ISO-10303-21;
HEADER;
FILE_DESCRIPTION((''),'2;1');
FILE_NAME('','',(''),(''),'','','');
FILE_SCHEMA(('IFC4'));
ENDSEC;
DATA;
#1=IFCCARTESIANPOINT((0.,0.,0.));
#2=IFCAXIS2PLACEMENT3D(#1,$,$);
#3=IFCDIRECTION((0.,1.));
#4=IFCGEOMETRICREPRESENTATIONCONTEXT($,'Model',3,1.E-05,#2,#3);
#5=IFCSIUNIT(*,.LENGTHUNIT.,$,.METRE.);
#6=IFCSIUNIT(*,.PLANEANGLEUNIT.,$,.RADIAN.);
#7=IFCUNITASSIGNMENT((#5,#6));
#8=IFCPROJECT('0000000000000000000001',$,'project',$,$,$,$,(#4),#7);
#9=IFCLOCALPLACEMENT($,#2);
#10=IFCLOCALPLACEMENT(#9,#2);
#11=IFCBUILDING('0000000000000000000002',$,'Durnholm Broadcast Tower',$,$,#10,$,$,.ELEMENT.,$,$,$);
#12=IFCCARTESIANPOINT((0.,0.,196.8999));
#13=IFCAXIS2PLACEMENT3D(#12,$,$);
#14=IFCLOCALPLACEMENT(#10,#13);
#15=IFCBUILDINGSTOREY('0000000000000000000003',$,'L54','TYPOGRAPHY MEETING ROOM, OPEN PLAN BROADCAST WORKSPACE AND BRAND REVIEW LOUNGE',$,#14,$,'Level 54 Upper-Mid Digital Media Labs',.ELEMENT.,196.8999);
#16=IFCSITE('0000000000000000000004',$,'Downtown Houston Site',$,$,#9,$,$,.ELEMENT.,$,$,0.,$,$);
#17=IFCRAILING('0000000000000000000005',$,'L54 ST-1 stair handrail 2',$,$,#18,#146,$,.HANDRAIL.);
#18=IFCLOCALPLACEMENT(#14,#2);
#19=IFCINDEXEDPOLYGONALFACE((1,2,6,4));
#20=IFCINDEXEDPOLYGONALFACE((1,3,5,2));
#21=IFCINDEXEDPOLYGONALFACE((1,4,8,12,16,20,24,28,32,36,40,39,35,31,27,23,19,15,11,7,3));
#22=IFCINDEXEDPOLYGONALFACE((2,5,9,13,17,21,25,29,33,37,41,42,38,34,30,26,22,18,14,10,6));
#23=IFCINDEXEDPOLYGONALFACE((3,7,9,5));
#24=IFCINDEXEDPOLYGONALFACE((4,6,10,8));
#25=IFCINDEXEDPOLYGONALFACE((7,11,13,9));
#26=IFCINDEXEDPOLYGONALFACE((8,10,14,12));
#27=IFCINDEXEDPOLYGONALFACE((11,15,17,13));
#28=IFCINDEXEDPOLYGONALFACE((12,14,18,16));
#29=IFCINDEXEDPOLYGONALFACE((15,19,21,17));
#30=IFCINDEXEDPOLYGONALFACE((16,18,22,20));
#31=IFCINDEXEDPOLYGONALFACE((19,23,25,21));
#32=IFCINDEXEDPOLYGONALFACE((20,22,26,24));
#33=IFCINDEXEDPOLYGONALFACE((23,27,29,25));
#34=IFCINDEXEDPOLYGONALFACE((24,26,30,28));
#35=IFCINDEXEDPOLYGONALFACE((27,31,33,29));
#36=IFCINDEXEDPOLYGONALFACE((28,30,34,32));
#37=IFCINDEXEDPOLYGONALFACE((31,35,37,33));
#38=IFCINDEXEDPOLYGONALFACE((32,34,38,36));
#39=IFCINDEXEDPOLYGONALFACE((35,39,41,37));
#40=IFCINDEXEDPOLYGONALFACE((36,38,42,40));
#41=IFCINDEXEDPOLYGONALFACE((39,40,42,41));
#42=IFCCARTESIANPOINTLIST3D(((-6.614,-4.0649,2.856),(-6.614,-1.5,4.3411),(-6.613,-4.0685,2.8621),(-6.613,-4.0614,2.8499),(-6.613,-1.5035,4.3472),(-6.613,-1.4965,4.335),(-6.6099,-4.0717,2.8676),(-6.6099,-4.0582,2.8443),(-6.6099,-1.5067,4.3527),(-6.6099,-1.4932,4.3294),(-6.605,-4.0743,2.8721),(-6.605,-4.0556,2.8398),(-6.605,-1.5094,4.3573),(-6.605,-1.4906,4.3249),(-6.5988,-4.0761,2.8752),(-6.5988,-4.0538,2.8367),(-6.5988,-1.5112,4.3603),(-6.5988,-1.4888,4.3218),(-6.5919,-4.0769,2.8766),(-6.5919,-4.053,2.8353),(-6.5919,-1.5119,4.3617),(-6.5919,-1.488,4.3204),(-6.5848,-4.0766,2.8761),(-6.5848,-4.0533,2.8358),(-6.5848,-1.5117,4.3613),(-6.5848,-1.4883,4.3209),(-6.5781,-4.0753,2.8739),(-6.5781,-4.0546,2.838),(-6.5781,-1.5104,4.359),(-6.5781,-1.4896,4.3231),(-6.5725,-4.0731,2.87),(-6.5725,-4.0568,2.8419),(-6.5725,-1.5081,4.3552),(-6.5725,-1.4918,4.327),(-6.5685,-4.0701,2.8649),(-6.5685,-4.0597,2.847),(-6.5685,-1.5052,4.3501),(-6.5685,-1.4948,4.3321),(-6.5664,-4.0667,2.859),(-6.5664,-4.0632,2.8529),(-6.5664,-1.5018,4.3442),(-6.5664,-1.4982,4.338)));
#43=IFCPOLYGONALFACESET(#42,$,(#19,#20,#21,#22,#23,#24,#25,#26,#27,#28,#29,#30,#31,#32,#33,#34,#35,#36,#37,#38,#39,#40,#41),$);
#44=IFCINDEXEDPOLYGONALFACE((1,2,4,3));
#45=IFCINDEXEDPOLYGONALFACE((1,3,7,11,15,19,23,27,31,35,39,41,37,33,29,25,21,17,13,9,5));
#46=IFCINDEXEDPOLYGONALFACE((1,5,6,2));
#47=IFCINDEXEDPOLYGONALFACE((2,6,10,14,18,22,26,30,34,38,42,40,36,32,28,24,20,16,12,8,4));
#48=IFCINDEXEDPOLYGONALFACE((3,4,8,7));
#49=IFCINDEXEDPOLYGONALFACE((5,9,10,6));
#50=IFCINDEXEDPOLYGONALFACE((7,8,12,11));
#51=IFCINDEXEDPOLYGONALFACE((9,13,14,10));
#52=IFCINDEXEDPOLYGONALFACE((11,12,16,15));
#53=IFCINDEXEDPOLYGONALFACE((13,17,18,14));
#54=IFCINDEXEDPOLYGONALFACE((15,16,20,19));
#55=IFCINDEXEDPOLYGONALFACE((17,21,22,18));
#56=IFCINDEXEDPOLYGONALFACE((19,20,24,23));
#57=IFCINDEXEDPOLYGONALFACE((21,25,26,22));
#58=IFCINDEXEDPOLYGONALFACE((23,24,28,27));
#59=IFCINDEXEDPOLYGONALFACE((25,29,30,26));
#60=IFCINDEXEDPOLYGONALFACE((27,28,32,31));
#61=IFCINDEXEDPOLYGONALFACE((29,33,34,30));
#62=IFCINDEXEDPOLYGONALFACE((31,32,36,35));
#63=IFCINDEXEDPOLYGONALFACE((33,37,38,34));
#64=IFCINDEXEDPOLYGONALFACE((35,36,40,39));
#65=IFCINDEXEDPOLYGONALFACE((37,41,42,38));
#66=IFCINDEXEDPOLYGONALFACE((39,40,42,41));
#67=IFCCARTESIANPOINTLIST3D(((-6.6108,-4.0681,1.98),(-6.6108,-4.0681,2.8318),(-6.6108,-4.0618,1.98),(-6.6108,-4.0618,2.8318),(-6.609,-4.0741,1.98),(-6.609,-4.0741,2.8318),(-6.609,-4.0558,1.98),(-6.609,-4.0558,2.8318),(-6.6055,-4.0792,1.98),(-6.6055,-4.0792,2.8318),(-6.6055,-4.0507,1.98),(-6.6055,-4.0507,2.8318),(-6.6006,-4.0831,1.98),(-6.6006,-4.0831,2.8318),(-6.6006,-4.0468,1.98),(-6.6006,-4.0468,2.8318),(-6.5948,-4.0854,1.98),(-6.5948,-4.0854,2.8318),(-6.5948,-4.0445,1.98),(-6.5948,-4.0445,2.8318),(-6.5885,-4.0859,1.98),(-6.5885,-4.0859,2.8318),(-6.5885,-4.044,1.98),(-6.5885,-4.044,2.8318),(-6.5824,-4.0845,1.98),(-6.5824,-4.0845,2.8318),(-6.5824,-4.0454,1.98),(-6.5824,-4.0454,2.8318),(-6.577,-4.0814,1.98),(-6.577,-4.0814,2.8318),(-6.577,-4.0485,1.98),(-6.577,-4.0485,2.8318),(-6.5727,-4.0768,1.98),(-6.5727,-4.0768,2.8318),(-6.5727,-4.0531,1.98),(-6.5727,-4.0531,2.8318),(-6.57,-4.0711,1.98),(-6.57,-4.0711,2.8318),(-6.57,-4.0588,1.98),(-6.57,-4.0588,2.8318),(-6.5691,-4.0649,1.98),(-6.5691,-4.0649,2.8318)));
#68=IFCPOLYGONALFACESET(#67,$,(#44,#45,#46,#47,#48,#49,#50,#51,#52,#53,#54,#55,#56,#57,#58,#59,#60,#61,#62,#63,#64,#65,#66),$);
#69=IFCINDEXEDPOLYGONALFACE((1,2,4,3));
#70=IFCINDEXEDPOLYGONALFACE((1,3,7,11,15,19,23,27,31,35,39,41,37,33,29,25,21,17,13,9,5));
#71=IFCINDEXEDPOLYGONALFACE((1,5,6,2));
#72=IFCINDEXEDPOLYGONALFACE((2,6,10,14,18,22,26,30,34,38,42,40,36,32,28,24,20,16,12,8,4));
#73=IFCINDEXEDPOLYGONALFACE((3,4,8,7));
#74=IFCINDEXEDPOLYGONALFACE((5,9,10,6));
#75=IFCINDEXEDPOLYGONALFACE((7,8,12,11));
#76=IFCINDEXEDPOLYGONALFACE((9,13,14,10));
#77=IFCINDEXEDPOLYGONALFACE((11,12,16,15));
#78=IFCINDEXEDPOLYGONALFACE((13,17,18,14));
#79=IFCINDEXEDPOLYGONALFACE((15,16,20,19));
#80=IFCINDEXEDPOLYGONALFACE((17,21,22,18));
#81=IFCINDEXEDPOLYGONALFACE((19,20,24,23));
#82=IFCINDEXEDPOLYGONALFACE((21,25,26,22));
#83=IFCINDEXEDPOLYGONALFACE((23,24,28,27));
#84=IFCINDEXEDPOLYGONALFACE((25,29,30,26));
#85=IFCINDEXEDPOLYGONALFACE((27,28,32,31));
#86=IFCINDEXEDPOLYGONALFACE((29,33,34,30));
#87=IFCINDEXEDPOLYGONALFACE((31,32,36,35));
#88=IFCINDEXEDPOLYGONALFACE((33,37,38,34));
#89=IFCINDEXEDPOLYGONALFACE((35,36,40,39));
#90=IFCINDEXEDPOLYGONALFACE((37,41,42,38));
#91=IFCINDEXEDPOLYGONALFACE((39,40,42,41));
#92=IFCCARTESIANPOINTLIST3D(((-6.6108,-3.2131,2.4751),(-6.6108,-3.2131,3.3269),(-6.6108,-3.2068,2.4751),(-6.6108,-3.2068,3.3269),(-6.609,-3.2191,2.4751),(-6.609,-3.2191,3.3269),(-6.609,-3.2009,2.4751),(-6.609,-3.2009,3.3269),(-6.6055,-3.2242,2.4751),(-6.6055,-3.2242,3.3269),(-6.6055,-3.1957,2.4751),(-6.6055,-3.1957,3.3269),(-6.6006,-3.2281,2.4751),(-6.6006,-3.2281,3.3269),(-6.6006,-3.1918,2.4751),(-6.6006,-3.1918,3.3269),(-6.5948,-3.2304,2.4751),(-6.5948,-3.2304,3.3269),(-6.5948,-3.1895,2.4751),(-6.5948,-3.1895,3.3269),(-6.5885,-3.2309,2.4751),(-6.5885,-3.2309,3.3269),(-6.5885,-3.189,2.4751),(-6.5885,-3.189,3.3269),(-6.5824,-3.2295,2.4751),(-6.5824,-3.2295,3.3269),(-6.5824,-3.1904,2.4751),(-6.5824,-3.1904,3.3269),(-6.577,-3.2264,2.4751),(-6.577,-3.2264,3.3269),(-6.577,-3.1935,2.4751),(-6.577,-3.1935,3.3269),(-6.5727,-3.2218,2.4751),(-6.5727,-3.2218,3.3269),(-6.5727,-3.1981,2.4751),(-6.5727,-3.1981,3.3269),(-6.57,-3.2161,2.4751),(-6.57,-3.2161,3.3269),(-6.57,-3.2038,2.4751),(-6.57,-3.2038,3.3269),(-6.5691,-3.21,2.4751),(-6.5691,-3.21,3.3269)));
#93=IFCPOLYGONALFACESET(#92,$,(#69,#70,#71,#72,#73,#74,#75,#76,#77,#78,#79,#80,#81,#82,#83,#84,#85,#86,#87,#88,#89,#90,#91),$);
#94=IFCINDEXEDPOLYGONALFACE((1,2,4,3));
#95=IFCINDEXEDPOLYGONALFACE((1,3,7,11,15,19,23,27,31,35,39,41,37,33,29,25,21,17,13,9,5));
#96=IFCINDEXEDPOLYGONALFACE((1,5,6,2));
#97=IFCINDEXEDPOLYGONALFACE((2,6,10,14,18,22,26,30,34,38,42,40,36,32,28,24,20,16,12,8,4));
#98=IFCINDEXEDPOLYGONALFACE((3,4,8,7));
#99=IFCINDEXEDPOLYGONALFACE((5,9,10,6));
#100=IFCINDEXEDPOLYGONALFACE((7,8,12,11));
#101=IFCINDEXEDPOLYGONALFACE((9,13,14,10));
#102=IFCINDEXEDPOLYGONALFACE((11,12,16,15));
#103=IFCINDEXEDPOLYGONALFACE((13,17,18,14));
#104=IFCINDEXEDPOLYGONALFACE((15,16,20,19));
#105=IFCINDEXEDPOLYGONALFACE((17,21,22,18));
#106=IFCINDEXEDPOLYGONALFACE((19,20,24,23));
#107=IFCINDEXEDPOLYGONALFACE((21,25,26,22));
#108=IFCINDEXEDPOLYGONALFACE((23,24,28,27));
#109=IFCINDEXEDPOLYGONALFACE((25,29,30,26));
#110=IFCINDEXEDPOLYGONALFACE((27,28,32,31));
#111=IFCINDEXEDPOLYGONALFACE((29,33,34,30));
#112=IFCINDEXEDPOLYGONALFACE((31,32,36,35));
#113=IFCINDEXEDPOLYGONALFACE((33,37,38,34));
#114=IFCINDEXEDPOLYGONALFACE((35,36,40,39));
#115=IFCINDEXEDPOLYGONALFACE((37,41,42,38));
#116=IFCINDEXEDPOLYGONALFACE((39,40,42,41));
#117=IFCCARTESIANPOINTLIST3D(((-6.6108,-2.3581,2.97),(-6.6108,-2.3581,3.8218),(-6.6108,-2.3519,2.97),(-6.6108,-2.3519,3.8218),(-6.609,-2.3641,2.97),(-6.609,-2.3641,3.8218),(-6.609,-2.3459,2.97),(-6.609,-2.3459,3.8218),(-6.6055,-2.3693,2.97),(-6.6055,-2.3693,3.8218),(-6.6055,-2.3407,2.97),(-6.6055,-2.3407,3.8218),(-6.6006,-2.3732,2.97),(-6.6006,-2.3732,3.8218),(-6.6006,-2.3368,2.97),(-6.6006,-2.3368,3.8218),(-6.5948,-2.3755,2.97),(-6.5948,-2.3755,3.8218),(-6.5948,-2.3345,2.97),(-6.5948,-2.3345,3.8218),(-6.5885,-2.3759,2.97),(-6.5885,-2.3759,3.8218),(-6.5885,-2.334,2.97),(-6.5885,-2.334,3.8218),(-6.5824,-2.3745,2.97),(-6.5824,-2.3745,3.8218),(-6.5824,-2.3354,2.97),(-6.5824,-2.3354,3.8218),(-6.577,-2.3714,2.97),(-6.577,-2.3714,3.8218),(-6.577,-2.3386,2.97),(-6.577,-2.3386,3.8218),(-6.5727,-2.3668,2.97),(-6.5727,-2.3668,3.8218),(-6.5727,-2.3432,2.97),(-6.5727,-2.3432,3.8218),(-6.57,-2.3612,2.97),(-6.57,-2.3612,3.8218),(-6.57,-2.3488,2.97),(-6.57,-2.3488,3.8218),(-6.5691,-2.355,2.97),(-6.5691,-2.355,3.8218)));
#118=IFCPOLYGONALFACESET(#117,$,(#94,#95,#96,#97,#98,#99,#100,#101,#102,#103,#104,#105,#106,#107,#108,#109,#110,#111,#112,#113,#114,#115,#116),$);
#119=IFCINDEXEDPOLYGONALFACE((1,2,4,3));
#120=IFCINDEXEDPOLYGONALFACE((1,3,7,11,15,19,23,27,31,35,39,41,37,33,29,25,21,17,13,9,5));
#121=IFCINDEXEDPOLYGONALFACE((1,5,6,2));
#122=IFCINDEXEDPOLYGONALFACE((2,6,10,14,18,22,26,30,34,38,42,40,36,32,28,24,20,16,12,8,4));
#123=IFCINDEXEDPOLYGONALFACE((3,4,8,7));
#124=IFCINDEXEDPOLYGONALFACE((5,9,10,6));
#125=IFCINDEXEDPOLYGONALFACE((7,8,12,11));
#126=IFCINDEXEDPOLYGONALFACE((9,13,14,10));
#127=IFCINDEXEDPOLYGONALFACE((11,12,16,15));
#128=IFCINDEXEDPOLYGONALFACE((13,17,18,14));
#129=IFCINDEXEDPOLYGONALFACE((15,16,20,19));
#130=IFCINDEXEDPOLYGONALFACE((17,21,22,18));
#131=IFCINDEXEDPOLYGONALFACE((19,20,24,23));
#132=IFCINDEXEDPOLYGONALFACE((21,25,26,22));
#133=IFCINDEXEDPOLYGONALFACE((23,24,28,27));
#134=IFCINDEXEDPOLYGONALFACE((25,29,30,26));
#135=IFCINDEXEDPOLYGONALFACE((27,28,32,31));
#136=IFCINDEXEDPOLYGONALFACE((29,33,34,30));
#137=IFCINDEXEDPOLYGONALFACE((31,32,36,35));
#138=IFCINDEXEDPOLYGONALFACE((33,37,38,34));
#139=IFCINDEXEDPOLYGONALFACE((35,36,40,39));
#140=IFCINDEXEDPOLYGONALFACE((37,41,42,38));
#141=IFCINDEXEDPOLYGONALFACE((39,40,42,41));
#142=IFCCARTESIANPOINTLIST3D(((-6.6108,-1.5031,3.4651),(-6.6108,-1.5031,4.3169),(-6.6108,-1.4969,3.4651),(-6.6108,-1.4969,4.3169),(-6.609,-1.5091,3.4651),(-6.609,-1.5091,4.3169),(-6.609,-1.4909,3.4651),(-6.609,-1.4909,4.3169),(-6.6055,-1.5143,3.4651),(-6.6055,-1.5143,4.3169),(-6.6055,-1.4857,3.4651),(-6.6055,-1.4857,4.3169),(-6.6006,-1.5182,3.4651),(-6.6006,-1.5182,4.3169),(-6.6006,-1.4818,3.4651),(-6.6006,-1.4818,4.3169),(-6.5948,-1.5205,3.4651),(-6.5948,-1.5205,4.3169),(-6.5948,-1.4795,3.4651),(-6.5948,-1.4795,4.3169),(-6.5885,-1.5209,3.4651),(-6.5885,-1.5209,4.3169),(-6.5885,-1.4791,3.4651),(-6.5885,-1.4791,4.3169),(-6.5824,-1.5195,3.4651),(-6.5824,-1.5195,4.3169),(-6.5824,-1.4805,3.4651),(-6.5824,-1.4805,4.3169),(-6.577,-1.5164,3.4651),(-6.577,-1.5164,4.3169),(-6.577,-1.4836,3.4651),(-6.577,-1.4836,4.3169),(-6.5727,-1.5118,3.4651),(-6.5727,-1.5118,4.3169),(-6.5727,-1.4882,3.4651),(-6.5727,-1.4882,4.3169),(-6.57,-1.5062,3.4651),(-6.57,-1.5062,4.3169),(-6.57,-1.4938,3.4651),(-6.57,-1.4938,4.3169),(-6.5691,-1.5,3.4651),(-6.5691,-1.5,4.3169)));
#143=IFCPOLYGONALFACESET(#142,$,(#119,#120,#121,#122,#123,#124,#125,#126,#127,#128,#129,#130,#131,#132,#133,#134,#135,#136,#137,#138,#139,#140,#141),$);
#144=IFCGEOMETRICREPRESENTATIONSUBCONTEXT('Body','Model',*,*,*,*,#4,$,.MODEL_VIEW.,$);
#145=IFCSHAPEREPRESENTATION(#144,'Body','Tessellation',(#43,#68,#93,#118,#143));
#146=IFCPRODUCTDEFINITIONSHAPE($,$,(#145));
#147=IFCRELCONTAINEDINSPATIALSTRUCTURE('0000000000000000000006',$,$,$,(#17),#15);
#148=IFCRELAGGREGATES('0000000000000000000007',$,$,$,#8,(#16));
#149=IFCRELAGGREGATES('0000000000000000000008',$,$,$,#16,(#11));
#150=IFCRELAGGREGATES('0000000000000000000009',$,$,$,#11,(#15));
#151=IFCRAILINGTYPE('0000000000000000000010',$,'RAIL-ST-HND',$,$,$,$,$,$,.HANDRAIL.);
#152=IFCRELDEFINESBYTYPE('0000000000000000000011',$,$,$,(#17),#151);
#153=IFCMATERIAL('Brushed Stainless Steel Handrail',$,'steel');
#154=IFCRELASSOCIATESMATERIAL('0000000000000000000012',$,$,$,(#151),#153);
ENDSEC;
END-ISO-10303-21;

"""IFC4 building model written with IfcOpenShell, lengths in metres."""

from ifc_helpers import new_model, si_unit, direction, frame, origin, origin_2d, place, context, subcontext, project, spatial, circle, extrude, material, type_object, element, save


model = new_model("IFC4")

# Units and contexts
model_context = context("Model", 3, precision=1e-05, world=origin(), true_north=direction((0.0, 1.0)))
body_context = subcontext(model_context, "Body", "Model", "MODEL_VIEW")
ifc_project = project(units=[si_unit("LENGTHUNIT", "METRE"), si_unit("PLANEANGLEUNIT", "RADIAN")], contexts=[model_context])

# Site, building, storey
site_placement = place(None, origin())
site = spatial("IfcSite", under=ifc_project, at=site_placement, Name="Downtown Houston Site", CompositionType="ELEMENT", RefElevation=0.0)
building_placement = place(site_placement, origin())
building = spatial("IfcBuilding", under=site, at=building_placement, Name="Durnholm Broadcast Tower", CompositionType="ELEMENT")
storey_placement = place(building_placement, frame((0.0, 0.0, 196.8999)))
storey = spatial("IfcBuildingStorey", under=building, at=storey_placement, Name="L54", Description="TYPOGRAPHY MEETING ROOM, OPEN PLAN BROADCAST WORKSPACE AND BRAND REVIEW LOUNGE", LongName="Level 54 Upper-Mid Digital Media Labs", CompositionType="ELEMENT", Elevation=196.8999)

# Railing
ifc_material_1 = material(Name="Brushed Stainless Steel Handrail", Category="steel")
railing_type_1 = type_object("IfcRailingType", Name="RAIL-ST-HND", PredefinedType="HANDRAIL", material=ifc_material_1)
railing_1_placement = place(storey_placement, frame((-6.5901, -4.0649, 1.98)))
element("IfcRailing", 1, at=railing_1_placement, inside=storey, type_object=railing_type_1, Name="L54 ST-1 stair handrail 2", PredefinedType="HANDRAIL", context=body_context, shape_type="SweptSolid", body=[
    extrude(circle(Radius=0.0239, at=origin_2d()), frame((0.0, 0.0, 0.876), z_axis=(0.0, 0.865406, 0.501072), x_axis=(-1.0, 0.0, 0.0)), (0.0, 0.0, 1.0), 2.9639),
    extrude(circle(Radius=0.021, at=origin_2d()), origin(), (0.0, 0.0, 1.0), 0.8518),
    extrude(circle(Radius=0.021, at=origin_2d()), frame((0.0, 0.855, 0.4951)), (0.0, 0.0, 1.0), 0.8518),
    extrude(circle(Radius=0.021, at=origin_2d()), frame((0.0, 1.71, 0.99)), (0.0, 0.0, 1.0), 0.8518),
    extrude(circle(Radius=0.021, at=origin_2d()), frame((0.0, 2.5649, 1.4851)), (0.0, 0.0, 1.0), 0.8518),
])

save(model, "model.ifc")
